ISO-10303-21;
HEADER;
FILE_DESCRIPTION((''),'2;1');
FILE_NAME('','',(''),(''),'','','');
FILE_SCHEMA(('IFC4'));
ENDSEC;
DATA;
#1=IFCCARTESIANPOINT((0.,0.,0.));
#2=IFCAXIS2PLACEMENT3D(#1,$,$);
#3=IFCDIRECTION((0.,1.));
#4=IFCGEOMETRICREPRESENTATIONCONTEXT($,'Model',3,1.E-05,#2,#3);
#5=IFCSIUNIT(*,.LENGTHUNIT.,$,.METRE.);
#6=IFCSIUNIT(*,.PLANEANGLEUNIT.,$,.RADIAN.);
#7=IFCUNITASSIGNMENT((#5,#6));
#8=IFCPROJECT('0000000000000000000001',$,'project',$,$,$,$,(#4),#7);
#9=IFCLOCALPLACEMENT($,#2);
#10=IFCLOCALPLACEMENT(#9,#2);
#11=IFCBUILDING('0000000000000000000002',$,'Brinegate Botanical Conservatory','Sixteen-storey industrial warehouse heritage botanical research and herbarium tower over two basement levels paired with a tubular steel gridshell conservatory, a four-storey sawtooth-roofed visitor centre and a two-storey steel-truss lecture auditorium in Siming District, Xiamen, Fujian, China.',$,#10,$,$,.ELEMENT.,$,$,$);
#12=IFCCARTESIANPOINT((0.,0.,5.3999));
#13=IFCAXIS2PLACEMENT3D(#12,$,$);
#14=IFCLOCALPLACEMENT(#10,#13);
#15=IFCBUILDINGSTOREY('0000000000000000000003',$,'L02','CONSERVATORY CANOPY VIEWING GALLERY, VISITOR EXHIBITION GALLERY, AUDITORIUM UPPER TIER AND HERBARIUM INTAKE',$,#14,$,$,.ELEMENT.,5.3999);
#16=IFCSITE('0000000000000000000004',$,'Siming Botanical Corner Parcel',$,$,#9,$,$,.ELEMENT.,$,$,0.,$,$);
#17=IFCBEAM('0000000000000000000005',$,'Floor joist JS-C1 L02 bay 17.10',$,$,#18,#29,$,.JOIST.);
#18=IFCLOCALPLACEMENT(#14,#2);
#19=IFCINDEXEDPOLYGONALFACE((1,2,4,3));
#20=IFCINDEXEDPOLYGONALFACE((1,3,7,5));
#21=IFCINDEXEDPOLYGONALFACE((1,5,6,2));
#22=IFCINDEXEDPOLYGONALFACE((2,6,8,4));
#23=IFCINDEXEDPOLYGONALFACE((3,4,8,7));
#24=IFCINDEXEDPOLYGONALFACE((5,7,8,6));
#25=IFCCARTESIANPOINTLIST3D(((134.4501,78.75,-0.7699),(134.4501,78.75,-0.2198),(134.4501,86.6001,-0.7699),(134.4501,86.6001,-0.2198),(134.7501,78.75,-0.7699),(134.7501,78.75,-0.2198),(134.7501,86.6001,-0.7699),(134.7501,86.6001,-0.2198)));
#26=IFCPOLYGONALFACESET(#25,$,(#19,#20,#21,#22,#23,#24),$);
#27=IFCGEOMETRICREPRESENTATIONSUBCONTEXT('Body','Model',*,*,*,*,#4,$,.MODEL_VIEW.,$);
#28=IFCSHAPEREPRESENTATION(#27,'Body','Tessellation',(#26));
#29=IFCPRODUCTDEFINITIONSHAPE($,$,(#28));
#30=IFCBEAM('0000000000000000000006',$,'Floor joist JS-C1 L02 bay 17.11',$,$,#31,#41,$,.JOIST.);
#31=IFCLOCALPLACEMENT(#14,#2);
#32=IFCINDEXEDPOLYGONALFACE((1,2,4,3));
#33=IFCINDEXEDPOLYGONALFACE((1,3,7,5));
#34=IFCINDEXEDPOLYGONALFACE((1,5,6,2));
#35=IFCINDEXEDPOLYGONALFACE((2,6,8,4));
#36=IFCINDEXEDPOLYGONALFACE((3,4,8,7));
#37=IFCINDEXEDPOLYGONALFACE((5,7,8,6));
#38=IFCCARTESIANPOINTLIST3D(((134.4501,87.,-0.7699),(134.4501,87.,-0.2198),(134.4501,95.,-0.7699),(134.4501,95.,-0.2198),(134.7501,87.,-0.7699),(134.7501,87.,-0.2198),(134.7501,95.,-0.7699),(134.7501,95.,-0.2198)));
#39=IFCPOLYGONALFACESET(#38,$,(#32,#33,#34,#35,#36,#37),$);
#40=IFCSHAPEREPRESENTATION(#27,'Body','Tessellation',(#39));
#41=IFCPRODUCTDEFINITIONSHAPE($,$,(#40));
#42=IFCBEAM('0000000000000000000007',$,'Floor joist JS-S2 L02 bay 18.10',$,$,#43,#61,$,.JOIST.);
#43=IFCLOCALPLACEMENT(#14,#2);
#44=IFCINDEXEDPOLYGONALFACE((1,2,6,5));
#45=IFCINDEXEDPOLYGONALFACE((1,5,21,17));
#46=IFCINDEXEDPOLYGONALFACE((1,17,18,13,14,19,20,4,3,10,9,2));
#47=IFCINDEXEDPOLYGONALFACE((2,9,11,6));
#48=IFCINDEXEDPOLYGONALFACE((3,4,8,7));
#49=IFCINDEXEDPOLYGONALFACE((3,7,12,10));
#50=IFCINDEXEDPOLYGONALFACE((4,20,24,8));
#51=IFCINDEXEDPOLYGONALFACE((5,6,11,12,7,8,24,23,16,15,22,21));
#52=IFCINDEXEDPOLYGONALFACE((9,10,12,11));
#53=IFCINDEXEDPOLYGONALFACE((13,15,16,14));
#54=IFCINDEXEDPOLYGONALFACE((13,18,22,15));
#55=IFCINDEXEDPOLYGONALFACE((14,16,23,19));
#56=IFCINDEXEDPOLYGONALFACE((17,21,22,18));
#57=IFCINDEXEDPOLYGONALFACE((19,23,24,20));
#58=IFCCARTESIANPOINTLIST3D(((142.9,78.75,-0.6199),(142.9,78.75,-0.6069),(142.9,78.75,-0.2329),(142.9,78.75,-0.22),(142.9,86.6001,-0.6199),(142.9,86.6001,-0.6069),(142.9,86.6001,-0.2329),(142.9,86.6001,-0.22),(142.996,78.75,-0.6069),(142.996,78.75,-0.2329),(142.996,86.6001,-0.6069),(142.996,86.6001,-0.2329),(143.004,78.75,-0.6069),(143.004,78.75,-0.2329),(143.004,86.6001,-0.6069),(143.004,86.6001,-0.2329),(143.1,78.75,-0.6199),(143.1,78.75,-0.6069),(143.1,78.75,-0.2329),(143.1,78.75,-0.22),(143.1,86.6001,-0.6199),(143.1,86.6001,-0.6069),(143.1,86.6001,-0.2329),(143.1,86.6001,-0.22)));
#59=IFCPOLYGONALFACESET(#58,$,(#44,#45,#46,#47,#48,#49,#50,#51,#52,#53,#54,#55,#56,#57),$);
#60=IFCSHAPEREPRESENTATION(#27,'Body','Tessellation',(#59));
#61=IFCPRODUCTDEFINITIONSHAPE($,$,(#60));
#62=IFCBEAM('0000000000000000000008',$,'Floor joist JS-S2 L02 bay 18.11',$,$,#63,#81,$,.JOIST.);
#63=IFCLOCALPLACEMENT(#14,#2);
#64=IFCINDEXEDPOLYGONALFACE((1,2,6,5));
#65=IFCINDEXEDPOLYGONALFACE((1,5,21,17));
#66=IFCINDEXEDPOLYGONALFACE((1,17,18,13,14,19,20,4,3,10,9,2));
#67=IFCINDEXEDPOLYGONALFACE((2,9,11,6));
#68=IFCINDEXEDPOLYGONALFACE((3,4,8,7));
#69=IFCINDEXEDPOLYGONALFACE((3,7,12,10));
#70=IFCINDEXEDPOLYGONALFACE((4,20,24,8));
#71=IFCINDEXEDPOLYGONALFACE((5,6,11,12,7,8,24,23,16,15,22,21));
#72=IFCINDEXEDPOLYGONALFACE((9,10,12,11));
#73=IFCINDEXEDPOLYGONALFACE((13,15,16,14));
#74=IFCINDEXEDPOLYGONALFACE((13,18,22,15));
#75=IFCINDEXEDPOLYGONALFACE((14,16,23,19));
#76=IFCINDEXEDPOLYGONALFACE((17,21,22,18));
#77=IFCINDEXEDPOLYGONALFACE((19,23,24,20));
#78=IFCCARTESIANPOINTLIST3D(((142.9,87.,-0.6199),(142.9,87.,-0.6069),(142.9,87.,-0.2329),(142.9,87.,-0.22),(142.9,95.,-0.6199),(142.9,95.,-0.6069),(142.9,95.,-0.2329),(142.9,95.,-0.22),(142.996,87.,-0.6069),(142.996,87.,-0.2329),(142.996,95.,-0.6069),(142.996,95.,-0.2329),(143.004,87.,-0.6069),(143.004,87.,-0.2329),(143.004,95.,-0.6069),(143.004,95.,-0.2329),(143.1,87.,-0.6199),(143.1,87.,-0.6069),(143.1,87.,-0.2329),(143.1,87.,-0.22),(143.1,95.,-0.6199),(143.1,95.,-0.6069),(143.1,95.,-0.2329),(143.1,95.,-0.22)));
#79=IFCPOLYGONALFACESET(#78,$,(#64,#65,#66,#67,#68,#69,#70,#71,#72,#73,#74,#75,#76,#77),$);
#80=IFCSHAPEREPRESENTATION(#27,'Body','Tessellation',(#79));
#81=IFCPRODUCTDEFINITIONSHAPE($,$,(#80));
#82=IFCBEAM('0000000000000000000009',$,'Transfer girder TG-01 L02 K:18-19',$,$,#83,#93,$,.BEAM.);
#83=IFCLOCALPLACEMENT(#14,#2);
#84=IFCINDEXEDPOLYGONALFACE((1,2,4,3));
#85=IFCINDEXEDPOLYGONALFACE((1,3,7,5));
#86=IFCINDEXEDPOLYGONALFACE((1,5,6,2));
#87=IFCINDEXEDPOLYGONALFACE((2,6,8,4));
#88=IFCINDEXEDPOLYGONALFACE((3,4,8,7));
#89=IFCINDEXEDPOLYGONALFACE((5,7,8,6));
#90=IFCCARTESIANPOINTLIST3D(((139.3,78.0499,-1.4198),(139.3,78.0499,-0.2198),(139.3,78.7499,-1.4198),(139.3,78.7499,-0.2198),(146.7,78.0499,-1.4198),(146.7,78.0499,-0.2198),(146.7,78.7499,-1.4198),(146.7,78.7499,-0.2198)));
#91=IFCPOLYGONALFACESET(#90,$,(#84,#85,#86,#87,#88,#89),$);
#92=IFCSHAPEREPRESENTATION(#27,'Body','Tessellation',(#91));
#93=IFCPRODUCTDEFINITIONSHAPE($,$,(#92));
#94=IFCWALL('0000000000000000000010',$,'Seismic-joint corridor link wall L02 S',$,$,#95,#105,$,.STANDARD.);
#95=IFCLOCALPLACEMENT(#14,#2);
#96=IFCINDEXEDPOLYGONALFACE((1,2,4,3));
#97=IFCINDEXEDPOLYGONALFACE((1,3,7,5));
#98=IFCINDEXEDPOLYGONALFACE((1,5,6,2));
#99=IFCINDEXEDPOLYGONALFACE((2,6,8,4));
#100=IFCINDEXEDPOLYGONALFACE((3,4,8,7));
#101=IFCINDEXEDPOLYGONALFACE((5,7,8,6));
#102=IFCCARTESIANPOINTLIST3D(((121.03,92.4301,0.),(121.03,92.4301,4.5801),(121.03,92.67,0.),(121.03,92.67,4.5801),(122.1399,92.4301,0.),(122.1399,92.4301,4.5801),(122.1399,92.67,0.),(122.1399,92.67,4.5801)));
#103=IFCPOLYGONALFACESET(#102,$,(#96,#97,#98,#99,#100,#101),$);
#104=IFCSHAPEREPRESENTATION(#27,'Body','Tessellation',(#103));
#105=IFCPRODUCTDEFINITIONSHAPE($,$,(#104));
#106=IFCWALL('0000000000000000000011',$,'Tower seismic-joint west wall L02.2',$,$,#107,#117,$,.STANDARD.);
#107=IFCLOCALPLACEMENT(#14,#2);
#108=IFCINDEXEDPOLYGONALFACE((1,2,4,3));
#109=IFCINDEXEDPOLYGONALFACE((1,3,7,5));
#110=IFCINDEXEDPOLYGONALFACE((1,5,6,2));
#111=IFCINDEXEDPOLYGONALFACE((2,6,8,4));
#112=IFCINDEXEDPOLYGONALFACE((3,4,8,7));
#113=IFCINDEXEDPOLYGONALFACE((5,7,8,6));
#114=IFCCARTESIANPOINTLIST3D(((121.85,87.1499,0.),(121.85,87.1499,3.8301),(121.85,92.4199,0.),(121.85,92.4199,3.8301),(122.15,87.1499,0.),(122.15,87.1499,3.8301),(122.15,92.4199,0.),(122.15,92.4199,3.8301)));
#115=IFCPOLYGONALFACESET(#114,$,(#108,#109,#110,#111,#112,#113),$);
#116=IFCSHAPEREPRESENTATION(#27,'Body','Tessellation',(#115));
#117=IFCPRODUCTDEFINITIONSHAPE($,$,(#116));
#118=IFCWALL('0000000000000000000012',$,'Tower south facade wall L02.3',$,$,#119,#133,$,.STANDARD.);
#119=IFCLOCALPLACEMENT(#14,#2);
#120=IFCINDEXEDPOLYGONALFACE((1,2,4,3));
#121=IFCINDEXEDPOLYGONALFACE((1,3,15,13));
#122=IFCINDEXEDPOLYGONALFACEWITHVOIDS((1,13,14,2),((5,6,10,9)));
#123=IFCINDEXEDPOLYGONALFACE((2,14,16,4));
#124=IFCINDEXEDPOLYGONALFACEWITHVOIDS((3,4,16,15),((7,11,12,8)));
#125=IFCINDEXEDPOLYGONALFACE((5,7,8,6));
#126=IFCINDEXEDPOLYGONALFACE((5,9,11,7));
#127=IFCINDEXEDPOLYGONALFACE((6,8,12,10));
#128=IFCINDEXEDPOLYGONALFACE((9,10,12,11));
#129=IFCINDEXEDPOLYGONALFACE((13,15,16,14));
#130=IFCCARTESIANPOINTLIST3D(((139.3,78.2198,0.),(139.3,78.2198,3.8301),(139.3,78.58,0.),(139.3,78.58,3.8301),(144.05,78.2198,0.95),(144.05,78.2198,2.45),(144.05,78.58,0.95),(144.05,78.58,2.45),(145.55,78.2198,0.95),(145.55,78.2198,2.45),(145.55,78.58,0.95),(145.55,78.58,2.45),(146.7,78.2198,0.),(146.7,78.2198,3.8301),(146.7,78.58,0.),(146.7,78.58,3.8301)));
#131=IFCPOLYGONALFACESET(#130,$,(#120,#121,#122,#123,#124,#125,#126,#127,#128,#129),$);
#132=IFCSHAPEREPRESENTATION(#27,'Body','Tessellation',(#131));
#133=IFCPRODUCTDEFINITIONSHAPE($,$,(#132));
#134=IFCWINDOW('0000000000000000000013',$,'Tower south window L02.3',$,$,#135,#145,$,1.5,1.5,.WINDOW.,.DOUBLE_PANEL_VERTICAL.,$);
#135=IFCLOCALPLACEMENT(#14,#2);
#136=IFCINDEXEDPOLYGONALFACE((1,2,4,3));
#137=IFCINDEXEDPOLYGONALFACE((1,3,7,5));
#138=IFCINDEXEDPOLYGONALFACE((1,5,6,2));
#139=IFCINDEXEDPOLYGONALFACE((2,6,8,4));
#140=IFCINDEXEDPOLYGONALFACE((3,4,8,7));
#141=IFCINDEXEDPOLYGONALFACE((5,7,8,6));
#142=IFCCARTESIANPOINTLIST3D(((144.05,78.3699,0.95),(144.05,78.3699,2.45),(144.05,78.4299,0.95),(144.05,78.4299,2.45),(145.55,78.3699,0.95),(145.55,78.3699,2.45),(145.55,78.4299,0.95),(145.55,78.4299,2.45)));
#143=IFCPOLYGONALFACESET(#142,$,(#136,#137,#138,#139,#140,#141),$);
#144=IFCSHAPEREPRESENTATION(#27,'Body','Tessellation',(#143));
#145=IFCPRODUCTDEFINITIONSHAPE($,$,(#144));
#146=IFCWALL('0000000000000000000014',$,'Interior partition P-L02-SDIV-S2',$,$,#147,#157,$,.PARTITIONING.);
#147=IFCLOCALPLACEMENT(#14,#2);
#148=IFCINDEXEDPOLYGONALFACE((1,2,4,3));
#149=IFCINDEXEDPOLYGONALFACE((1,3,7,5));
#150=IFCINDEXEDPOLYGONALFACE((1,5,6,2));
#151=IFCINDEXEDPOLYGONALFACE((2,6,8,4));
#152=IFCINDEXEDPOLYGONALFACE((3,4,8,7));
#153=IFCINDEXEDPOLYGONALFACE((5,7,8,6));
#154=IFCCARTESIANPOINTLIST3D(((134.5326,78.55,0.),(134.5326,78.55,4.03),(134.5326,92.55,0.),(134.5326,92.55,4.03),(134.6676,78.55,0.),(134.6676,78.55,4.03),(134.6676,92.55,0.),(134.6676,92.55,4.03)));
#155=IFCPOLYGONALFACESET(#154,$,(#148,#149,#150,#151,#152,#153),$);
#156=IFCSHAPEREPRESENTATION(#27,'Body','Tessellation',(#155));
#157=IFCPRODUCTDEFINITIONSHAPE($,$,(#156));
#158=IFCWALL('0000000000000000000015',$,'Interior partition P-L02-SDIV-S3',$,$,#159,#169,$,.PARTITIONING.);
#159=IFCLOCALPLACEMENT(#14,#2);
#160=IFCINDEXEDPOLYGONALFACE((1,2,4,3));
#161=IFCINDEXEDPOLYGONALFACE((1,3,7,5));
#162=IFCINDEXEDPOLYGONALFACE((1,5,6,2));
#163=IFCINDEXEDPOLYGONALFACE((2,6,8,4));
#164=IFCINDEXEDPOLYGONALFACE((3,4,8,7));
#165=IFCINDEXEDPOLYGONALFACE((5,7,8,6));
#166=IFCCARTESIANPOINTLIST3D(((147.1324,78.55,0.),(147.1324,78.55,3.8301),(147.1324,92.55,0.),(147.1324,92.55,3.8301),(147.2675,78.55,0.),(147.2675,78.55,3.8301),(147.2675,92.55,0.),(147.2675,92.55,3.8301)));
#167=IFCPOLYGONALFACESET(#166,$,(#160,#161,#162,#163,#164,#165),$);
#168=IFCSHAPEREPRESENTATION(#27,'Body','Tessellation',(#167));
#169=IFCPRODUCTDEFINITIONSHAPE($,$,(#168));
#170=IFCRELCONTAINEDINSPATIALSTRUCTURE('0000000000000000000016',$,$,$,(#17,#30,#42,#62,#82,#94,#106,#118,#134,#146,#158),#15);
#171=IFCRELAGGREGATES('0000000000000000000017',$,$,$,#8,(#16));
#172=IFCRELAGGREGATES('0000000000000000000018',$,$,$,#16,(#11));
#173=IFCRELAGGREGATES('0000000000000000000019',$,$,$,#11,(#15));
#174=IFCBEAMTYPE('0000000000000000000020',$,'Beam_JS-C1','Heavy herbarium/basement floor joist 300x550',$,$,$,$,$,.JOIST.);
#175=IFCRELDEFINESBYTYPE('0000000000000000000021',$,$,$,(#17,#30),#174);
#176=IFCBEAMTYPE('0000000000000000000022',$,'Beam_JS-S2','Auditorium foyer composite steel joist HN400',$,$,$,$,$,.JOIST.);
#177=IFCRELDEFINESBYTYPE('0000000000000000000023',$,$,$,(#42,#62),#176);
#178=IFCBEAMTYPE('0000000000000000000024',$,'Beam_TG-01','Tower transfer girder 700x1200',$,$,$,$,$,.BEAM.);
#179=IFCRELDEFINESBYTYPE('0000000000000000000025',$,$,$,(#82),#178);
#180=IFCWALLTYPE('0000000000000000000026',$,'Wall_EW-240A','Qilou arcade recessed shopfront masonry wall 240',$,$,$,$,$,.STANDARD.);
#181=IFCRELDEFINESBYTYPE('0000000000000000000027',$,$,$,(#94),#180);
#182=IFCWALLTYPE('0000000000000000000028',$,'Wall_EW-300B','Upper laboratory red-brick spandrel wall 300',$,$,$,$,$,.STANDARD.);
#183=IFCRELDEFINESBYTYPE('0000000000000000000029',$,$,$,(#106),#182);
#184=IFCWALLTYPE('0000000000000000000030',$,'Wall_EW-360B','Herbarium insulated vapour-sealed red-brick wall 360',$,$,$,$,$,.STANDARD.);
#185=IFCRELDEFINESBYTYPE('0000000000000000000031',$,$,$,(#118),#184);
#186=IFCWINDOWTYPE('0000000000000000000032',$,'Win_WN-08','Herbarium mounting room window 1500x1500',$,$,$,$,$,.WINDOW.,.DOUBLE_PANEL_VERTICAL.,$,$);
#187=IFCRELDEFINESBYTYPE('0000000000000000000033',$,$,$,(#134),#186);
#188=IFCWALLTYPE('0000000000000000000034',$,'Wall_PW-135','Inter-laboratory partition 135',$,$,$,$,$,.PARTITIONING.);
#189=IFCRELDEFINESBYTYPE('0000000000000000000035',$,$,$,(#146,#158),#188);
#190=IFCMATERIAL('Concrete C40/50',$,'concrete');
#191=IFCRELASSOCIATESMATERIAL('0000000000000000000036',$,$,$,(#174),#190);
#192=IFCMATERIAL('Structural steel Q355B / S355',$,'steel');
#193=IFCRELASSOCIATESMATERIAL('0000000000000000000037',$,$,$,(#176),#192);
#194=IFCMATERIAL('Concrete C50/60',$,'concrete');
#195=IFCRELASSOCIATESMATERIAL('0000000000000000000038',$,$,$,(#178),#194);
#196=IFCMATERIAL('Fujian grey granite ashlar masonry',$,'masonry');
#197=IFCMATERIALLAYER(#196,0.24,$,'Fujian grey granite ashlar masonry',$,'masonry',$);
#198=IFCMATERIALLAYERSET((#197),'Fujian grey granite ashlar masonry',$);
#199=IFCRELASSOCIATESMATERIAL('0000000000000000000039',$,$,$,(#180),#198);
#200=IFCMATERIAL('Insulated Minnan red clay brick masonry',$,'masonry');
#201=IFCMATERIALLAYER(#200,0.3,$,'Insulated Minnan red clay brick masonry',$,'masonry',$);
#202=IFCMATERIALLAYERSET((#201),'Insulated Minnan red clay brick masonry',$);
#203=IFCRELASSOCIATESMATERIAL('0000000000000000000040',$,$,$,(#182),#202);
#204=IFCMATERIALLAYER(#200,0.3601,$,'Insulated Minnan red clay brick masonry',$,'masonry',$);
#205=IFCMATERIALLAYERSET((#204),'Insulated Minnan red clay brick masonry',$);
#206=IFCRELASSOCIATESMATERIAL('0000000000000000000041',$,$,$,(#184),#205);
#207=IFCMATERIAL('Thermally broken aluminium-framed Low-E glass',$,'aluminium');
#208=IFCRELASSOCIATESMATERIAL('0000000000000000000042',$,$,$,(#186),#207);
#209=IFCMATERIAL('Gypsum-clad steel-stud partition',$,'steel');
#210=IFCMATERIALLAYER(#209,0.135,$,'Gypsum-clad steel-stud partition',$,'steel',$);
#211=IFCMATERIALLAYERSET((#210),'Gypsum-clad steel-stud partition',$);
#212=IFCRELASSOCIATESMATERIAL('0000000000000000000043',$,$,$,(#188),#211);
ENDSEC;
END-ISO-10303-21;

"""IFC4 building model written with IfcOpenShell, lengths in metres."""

from ifc_helpers import new_model, si_unit, direction, frame, frame_2d, origin, origin_2d, place, context, subcontext, project, spatial, rectangle, i_section, extrude, material, layer, layer_set, material_profile, profile_set, type_object, element, fill, save


model = new_model("IFC4")

# Units and contexts
model_context = context("Model", 3, precision=1e-05, world=origin(), true_north=direction((0.0, 1.0)))
body_context = subcontext(model_context, "Body", "Model", "MODEL_VIEW")
ifc_project = project(units=[si_unit("LENGTHUNIT", "METRE"), si_unit("PLANEANGLEUNIT", "RADIAN")], contexts=[model_context])

# Site, building, storey
site_placement = place(None, origin())
site = spatial("IfcSite", under=ifc_project, at=site_placement, Name="Siming Botanical Corner Parcel", CompositionType="ELEMENT", RefElevation=0.0)
building_placement = place(site_placement, origin())
building = spatial("IfcBuilding", under=site, at=building_placement, Name="Brinegate Botanical Conservatory", Description="Sixteen-storey industrial warehouse heritage botanical research and herbarium tower over two basement levels paired with a tubular steel gridshell conservatory, a four-storey sawtooth-roofed visitor centre and a two-storey steel-truss lecture auditorium in Siming District, Xiamen, Fujian, China.", CompositionType="ELEMENT")
storey_placement = place(building_placement, frame((0.0, 0.0, 5.3999)))
storey = spatial("IfcBuildingStorey", under=building, at=storey_placement, Name="L02", Description="CONSERVATORY CANOPY VIEWING GALLERY, VISITOR EXHIBITION GALLERY, AUDITORIUM UPPER TIER AND HERBARIUM INTAKE", CompositionType="ELEMENT", Elevation=5.3999)

# Shared definitions
ifc_material_1 = material(Name="Concrete C50/60", Category="concrete")

# Beams
ifc_material_2 = material(Name="Concrete C40/50", Category="concrete")
ifc_material_profile_1 = material_profile(ifc_material_2, rectangle(XDim=0.3, YDim=0.55, at=origin_2d()), Name="RC JST 300x550")
ifc_profile_set_1 = profile_set([ifc_material_profile_1], Name="Concrete C40/50")
beam_type_1 = type_object("IfcBeamType", Name="Beam_JS-C1", Description="Heavy herbarium/basement floor joist 300x550", PredefinedType="JOIST", material=ifc_profile_set_1)
beam_1_placement = place(storey_placement, frame((134.6001, 78.75, -0.4949), z_axis=(0.0, 1.0, 0.0), x_axis=(-1.0, 0.0, 0.0)))
element("IfcBeam", 1, at=beam_1_placement, inside=storey, type_object=beam_type_1, Name="Floor joist JS-C1 L02 bay 17.10", PredefinedType="JOIST", context=body_context, shape_type="SweptSolid", body=[
    extrude(rectangle(XDim=0.3, YDim=0.55, at=origin_2d()), origin(), (0.0, 0.0, 1.0), 7.8501),
])
beam_2_placement = place(storey_placement, frame((134.6001, 87.0, -0.4949), z_axis=(0.0, 1.0, 0.0), x_axis=(-1.0, 0.0, 0.0)))
element("IfcBeam", 2, at=beam_2_placement, inside=storey, type_object=beam_type_1, Name="Floor joist JS-C1 L02 bay 17.11", PredefinedType="JOIST", context=body_context, shape_type="SweptSolid", body=[
    extrude(rectangle(XDim=0.3, YDim=0.55, at=origin_2d()), origin(), (0.0, 0.0, 1.0), 8.0),
])
ifc_material_3 = material(Name="Structural steel Q355B / S355", Category="steel")
ifc_material_profile_2 = material_profile(ifc_material_3, i_section(OverallWidth=0.2, OverallDepth=0.3999, WebThickness=0.0081, FlangeThickness=0.0129, at=origin_2d()), Name="HN 400x200x8x13")
ifc_profile_set_2 = profile_set([ifc_material_profile_2], Name="Structural steel Q355B / S355")
beam_type_2 = type_object("IfcBeamType", Name="Beam_JS-S2", Description="Auditorium foyer composite steel joist HN400", PredefinedType="JOIST", material=ifc_profile_set_2)
beam_3_placement = place(storey_placement, frame((143.0, 78.75, -0.4199), z_axis=(0.0, 1.0, 0.0), x_axis=(-1.0, 0.0, 0.0)))
element("IfcBeam", 3, at=beam_3_placement, inside=storey, type_object=beam_type_2, Name="Floor joist JS-S2 L02 bay 18.10", PredefinedType="JOIST", context=body_context, shape_type="SweptSolid", body=[
    extrude(i_section(OverallWidth=0.2, OverallDepth=0.3999, WebThickness=0.0081, FlangeThickness=0.0129, at=origin_2d()), origin(), (0.0, 0.0, 1.0), 7.8501),
])
beam_4_placement = place(storey_placement, frame((143.0, 87.0, -0.4199), z_axis=(0.0, 1.0, 0.0), x_axis=(-1.0, 0.0, 0.0)))
element("IfcBeam", 4, at=beam_4_placement, inside=storey, type_object=beam_type_2, Name="Floor joist JS-S2 L02 bay 18.11", PredefinedType="JOIST", context=body_context, shape_type="SweptSolid", body=[
    extrude(i_section(OverallWidth=0.2, OverallDepth=0.3999, WebThickness=0.0081, FlangeThickness=0.0129, at=origin_2d()), origin(), (0.0, 0.0, 1.0), 8.0),
])
ifc_material_profile_3 = material_profile(ifc_material_1, rectangle(XDim=0.7, YDim=1.2, at=origin_2d()), Name="RC TG 700x1200")
ifc_profile_set_3 = profile_set([ifc_material_profile_3], Name="Concrete C50/60")
beam_type_3 = type_object("IfcBeamType", Name="Beam_TG-01", Description="Tower transfer girder 700x1200", PredefinedType="BEAM", material=ifc_profile_set_3)
beam_5_placement = place(storey_placement, frame((139.3, 78.3999, -0.8198), z_axis=(1.0, 0.0, 0.0), x_axis=(0.0, 1.0, 0.0)))
element("IfcBeam", 5, at=beam_5_placement, inside=storey, type_object=beam_type_3, Name="Transfer girder TG-01 L02 K:18-19", PredefinedType="BEAM", context=body_context, shape_type="SweptSolid", body=[
    extrude(rectangle(XDim=0.7, YDim=1.2, at=origin_2d()), origin(), (0.0, 0.0, 1.0), 7.3999),
])

# Walls
ifc_material_4 = material(Name="Fujian grey granite ashlar masonry", Category="masonry")
ifc_layer_1 = layer(ifc_material_4, 0.24, Name="Fujian grey granite ashlar masonry", Category="masonry")
ifc_layer_set_1 = layer_set([ifc_layer_1], Name="Fujian grey granite ashlar masonry")
wall_type_1 = type_object("IfcWallType", Name="Wall_EW-240A", Description="Qilou arcade recessed shopfront masonry wall 240", PredefinedType="STANDARD", material=ifc_layer_set_1)
wall_1_placement = place(storey_placement, frame((122.1399, 92.55, 0.0), z_axis=(0.0, 0.0, 1.0), x_axis=(-1.0, 0.0, 0.0)))
element("IfcWall", 6, at=wall_1_placement, inside=storey, type_object=wall_type_1, Name="Seismic-joint corridor link wall L02 S", PredefinedType="STANDARD", context=body_context, shape_type="SweptSolid", body=[
    extrude(rectangle(XDim=1.1099, YDim=0.24, at=frame_2d((0.5549, 0.0))), origin(), (0.0, 0.0, 1.0), 4.5801),
])
ifc_material_5 = material(Name="Insulated Minnan red clay brick masonry", Category="masonry")
ifc_layer_2 = layer(ifc_material_5, 0.3, Name="Insulated Minnan red clay brick masonry", Category="masonry")
ifc_layer_set_2 = layer_set([ifc_layer_2], Name="Insulated Minnan red clay brick masonry")
wall_type_2 = type_object("IfcWallType", Name="Wall_EW-300B", Description="Upper laboratory red-brick spandrel wall 300", PredefinedType="STANDARD", material=ifc_layer_set_2)
wall_2_placement = place(storey_placement, frame((122.0, 87.1499, 0.0), z_axis=(0.0, 0.0, 1.0), x_axis=(0.0, 1.0, 0.0)))
element("IfcWall", 7, at=wall_2_placement, inside=storey, type_object=wall_type_2, Name="Tower seismic-joint west wall L02.2", PredefinedType="STANDARD", context=body_context, shape_type="SweptSolid", body=[
    extrude(rectangle(XDim=5.27, YDim=0.3, at=frame_2d((2.635, 0.0))), origin(), (0.0, 0.0, 1.0), 3.8301),
])

# Wall, opening, window
ifc_layer_3 = layer(ifc_material_5, 0.3601, Name="Insulated Minnan red clay brick masonry", Category="masonry")
ifc_layer_set_3 = layer_set([ifc_layer_3], Name="Insulated Minnan red clay brick masonry")
wall_type_3 = type_object("IfcWallType", Name="Wall_EW-360B", Description="Herbarium insulated vapour-sealed red-brick wall 360", PredefinedType="STANDARD", material=ifc_layer_set_3)
wall_3_placement = place(storey_placement, frame((146.7, 78.3999, 0.0), z_axis=(0.0, 0.0, 1.0), x_axis=(-1.0, 0.0, 0.0)))
wall_3 = element("IfcWall", 8, at=wall_3_placement, inside=storey, type_object=wall_type_3, Name="Tower south facade wall L02.3", PredefinedType="STANDARD", context=body_context, shape_type="SweptSolid", body=[
    extrude(rectangle(XDim=7.3999, YDim=0.3601, at=frame_2d((3.7, 0.0))), origin(), (0.0, 0.0, 1.0), 3.8301),
])
opening_placement = place(wall_3_placement, frame((1.1499, 0.0, 0.95)))
opening = element("IfcOpeningElement", 9, at=opening_placement, cuts=wall_3, PredefinedType="OPENING", context=body_context, shape_type="SweptSolid", body=[
    extrude(rectangle(XDim=1.5, YDim=1.5, at=frame_2d((0.75, 0.75))), frame((0.0, 0.1899, 0.0), z_axis=(0.0, -1.0, 0.0), x_axis=(1.0, 0.0, 0.0)), (0.0, 0.0, 1.0), 0.3801),
])
ifc_material_6 = material(Name="Thermally broken aluminium-framed Low-E glass", Category="aluminium")
window_type = type_object("IfcWindowType", Name="Win_WN-08", Description="Herbarium mounting room window 1500x1500", PartitioningType="DOUBLE_PANEL_VERTICAL", PredefinedType="WINDOW", material=ifc_material_6)
window_placement = place(opening_placement, origin())
window = element("IfcWindow", 10, at=window_placement, inside=storey, type_object=window_type, Name="Tower south window L02.3", OverallHeight=1.5, OverallWidth=1.5, PartitioningType="DOUBLE_PANEL_VERTICAL", PredefinedType="WINDOW", context=body_context, shape_type="SweptSolid", body=[
    extrude(rectangle(XDim=1.5, YDim=1.5, at=frame_2d((0.75, 0.75))), frame((0.0, 0.03, 0.0), z_axis=(0.0, -1.0, 0.0), x_axis=(1.0, 0.0, 0.0)), (0.0, 0.0, 1.0), 0.0601),
])
fill(opening, window)

# Walls
ifc_material_7 = material(Name="Gypsum-clad steel-stud partition", Category="steel")
ifc_layer_4 = layer(ifc_material_7, 0.135, Name="Gypsum-clad steel-stud partition", Category="steel")
ifc_layer_set_4 = layer_set([ifc_layer_4], Name="Gypsum-clad steel-stud partition")
wall_type_4 = type_object("IfcWallType", Name="Wall_PW-135", Description="Inter-laboratory partition 135", PredefinedType="PARTITIONING", material=ifc_layer_set_4)
wall_4_placement = place(storey_placement, frame((134.6001, 78.55, 0.0), z_axis=(0.0, 0.0, 1.0), x_axis=(0.0, 1.0, 0.0)))
element("IfcWall", 11, at=wall_4_placement, inside=storey, type_object=wall_type_4, Name="Interior partition P-L02-SDIV-S2", PredefinedType="PARTITIONING", context=body_context, shape_type="SweptSolid", body=[
    extrude(rectangle(XDim=14.0, YDim=0.135, at=frame_2d((7.0, 0.0))), origin(), (0.0, 0.0, 1.0), 4.03),
])
wall_5_placement = place(storey_placement, frame((147.2, 78.55, 0.0), z_axis=(0.0, 0.0, 1.0), x_axis=(0.0, 1.0, 0.0)))
element("IfcWall", 12, at=wall_5_placement, inside=storey, type_object=wall_type_4, Name="Interior partition P-L02-SDIV-S3", PredefinedType="PARTITIONING", context=body_context, shape_type="SweptSolid", body=[
    extrude(rectangle(XDim=14.0, YDim=0.135, at=frame_2d((7.0, 0.0))), origin(), (0.0, 0.0, 1.0), 3.8301),
])

save(model, "model.ifc")
